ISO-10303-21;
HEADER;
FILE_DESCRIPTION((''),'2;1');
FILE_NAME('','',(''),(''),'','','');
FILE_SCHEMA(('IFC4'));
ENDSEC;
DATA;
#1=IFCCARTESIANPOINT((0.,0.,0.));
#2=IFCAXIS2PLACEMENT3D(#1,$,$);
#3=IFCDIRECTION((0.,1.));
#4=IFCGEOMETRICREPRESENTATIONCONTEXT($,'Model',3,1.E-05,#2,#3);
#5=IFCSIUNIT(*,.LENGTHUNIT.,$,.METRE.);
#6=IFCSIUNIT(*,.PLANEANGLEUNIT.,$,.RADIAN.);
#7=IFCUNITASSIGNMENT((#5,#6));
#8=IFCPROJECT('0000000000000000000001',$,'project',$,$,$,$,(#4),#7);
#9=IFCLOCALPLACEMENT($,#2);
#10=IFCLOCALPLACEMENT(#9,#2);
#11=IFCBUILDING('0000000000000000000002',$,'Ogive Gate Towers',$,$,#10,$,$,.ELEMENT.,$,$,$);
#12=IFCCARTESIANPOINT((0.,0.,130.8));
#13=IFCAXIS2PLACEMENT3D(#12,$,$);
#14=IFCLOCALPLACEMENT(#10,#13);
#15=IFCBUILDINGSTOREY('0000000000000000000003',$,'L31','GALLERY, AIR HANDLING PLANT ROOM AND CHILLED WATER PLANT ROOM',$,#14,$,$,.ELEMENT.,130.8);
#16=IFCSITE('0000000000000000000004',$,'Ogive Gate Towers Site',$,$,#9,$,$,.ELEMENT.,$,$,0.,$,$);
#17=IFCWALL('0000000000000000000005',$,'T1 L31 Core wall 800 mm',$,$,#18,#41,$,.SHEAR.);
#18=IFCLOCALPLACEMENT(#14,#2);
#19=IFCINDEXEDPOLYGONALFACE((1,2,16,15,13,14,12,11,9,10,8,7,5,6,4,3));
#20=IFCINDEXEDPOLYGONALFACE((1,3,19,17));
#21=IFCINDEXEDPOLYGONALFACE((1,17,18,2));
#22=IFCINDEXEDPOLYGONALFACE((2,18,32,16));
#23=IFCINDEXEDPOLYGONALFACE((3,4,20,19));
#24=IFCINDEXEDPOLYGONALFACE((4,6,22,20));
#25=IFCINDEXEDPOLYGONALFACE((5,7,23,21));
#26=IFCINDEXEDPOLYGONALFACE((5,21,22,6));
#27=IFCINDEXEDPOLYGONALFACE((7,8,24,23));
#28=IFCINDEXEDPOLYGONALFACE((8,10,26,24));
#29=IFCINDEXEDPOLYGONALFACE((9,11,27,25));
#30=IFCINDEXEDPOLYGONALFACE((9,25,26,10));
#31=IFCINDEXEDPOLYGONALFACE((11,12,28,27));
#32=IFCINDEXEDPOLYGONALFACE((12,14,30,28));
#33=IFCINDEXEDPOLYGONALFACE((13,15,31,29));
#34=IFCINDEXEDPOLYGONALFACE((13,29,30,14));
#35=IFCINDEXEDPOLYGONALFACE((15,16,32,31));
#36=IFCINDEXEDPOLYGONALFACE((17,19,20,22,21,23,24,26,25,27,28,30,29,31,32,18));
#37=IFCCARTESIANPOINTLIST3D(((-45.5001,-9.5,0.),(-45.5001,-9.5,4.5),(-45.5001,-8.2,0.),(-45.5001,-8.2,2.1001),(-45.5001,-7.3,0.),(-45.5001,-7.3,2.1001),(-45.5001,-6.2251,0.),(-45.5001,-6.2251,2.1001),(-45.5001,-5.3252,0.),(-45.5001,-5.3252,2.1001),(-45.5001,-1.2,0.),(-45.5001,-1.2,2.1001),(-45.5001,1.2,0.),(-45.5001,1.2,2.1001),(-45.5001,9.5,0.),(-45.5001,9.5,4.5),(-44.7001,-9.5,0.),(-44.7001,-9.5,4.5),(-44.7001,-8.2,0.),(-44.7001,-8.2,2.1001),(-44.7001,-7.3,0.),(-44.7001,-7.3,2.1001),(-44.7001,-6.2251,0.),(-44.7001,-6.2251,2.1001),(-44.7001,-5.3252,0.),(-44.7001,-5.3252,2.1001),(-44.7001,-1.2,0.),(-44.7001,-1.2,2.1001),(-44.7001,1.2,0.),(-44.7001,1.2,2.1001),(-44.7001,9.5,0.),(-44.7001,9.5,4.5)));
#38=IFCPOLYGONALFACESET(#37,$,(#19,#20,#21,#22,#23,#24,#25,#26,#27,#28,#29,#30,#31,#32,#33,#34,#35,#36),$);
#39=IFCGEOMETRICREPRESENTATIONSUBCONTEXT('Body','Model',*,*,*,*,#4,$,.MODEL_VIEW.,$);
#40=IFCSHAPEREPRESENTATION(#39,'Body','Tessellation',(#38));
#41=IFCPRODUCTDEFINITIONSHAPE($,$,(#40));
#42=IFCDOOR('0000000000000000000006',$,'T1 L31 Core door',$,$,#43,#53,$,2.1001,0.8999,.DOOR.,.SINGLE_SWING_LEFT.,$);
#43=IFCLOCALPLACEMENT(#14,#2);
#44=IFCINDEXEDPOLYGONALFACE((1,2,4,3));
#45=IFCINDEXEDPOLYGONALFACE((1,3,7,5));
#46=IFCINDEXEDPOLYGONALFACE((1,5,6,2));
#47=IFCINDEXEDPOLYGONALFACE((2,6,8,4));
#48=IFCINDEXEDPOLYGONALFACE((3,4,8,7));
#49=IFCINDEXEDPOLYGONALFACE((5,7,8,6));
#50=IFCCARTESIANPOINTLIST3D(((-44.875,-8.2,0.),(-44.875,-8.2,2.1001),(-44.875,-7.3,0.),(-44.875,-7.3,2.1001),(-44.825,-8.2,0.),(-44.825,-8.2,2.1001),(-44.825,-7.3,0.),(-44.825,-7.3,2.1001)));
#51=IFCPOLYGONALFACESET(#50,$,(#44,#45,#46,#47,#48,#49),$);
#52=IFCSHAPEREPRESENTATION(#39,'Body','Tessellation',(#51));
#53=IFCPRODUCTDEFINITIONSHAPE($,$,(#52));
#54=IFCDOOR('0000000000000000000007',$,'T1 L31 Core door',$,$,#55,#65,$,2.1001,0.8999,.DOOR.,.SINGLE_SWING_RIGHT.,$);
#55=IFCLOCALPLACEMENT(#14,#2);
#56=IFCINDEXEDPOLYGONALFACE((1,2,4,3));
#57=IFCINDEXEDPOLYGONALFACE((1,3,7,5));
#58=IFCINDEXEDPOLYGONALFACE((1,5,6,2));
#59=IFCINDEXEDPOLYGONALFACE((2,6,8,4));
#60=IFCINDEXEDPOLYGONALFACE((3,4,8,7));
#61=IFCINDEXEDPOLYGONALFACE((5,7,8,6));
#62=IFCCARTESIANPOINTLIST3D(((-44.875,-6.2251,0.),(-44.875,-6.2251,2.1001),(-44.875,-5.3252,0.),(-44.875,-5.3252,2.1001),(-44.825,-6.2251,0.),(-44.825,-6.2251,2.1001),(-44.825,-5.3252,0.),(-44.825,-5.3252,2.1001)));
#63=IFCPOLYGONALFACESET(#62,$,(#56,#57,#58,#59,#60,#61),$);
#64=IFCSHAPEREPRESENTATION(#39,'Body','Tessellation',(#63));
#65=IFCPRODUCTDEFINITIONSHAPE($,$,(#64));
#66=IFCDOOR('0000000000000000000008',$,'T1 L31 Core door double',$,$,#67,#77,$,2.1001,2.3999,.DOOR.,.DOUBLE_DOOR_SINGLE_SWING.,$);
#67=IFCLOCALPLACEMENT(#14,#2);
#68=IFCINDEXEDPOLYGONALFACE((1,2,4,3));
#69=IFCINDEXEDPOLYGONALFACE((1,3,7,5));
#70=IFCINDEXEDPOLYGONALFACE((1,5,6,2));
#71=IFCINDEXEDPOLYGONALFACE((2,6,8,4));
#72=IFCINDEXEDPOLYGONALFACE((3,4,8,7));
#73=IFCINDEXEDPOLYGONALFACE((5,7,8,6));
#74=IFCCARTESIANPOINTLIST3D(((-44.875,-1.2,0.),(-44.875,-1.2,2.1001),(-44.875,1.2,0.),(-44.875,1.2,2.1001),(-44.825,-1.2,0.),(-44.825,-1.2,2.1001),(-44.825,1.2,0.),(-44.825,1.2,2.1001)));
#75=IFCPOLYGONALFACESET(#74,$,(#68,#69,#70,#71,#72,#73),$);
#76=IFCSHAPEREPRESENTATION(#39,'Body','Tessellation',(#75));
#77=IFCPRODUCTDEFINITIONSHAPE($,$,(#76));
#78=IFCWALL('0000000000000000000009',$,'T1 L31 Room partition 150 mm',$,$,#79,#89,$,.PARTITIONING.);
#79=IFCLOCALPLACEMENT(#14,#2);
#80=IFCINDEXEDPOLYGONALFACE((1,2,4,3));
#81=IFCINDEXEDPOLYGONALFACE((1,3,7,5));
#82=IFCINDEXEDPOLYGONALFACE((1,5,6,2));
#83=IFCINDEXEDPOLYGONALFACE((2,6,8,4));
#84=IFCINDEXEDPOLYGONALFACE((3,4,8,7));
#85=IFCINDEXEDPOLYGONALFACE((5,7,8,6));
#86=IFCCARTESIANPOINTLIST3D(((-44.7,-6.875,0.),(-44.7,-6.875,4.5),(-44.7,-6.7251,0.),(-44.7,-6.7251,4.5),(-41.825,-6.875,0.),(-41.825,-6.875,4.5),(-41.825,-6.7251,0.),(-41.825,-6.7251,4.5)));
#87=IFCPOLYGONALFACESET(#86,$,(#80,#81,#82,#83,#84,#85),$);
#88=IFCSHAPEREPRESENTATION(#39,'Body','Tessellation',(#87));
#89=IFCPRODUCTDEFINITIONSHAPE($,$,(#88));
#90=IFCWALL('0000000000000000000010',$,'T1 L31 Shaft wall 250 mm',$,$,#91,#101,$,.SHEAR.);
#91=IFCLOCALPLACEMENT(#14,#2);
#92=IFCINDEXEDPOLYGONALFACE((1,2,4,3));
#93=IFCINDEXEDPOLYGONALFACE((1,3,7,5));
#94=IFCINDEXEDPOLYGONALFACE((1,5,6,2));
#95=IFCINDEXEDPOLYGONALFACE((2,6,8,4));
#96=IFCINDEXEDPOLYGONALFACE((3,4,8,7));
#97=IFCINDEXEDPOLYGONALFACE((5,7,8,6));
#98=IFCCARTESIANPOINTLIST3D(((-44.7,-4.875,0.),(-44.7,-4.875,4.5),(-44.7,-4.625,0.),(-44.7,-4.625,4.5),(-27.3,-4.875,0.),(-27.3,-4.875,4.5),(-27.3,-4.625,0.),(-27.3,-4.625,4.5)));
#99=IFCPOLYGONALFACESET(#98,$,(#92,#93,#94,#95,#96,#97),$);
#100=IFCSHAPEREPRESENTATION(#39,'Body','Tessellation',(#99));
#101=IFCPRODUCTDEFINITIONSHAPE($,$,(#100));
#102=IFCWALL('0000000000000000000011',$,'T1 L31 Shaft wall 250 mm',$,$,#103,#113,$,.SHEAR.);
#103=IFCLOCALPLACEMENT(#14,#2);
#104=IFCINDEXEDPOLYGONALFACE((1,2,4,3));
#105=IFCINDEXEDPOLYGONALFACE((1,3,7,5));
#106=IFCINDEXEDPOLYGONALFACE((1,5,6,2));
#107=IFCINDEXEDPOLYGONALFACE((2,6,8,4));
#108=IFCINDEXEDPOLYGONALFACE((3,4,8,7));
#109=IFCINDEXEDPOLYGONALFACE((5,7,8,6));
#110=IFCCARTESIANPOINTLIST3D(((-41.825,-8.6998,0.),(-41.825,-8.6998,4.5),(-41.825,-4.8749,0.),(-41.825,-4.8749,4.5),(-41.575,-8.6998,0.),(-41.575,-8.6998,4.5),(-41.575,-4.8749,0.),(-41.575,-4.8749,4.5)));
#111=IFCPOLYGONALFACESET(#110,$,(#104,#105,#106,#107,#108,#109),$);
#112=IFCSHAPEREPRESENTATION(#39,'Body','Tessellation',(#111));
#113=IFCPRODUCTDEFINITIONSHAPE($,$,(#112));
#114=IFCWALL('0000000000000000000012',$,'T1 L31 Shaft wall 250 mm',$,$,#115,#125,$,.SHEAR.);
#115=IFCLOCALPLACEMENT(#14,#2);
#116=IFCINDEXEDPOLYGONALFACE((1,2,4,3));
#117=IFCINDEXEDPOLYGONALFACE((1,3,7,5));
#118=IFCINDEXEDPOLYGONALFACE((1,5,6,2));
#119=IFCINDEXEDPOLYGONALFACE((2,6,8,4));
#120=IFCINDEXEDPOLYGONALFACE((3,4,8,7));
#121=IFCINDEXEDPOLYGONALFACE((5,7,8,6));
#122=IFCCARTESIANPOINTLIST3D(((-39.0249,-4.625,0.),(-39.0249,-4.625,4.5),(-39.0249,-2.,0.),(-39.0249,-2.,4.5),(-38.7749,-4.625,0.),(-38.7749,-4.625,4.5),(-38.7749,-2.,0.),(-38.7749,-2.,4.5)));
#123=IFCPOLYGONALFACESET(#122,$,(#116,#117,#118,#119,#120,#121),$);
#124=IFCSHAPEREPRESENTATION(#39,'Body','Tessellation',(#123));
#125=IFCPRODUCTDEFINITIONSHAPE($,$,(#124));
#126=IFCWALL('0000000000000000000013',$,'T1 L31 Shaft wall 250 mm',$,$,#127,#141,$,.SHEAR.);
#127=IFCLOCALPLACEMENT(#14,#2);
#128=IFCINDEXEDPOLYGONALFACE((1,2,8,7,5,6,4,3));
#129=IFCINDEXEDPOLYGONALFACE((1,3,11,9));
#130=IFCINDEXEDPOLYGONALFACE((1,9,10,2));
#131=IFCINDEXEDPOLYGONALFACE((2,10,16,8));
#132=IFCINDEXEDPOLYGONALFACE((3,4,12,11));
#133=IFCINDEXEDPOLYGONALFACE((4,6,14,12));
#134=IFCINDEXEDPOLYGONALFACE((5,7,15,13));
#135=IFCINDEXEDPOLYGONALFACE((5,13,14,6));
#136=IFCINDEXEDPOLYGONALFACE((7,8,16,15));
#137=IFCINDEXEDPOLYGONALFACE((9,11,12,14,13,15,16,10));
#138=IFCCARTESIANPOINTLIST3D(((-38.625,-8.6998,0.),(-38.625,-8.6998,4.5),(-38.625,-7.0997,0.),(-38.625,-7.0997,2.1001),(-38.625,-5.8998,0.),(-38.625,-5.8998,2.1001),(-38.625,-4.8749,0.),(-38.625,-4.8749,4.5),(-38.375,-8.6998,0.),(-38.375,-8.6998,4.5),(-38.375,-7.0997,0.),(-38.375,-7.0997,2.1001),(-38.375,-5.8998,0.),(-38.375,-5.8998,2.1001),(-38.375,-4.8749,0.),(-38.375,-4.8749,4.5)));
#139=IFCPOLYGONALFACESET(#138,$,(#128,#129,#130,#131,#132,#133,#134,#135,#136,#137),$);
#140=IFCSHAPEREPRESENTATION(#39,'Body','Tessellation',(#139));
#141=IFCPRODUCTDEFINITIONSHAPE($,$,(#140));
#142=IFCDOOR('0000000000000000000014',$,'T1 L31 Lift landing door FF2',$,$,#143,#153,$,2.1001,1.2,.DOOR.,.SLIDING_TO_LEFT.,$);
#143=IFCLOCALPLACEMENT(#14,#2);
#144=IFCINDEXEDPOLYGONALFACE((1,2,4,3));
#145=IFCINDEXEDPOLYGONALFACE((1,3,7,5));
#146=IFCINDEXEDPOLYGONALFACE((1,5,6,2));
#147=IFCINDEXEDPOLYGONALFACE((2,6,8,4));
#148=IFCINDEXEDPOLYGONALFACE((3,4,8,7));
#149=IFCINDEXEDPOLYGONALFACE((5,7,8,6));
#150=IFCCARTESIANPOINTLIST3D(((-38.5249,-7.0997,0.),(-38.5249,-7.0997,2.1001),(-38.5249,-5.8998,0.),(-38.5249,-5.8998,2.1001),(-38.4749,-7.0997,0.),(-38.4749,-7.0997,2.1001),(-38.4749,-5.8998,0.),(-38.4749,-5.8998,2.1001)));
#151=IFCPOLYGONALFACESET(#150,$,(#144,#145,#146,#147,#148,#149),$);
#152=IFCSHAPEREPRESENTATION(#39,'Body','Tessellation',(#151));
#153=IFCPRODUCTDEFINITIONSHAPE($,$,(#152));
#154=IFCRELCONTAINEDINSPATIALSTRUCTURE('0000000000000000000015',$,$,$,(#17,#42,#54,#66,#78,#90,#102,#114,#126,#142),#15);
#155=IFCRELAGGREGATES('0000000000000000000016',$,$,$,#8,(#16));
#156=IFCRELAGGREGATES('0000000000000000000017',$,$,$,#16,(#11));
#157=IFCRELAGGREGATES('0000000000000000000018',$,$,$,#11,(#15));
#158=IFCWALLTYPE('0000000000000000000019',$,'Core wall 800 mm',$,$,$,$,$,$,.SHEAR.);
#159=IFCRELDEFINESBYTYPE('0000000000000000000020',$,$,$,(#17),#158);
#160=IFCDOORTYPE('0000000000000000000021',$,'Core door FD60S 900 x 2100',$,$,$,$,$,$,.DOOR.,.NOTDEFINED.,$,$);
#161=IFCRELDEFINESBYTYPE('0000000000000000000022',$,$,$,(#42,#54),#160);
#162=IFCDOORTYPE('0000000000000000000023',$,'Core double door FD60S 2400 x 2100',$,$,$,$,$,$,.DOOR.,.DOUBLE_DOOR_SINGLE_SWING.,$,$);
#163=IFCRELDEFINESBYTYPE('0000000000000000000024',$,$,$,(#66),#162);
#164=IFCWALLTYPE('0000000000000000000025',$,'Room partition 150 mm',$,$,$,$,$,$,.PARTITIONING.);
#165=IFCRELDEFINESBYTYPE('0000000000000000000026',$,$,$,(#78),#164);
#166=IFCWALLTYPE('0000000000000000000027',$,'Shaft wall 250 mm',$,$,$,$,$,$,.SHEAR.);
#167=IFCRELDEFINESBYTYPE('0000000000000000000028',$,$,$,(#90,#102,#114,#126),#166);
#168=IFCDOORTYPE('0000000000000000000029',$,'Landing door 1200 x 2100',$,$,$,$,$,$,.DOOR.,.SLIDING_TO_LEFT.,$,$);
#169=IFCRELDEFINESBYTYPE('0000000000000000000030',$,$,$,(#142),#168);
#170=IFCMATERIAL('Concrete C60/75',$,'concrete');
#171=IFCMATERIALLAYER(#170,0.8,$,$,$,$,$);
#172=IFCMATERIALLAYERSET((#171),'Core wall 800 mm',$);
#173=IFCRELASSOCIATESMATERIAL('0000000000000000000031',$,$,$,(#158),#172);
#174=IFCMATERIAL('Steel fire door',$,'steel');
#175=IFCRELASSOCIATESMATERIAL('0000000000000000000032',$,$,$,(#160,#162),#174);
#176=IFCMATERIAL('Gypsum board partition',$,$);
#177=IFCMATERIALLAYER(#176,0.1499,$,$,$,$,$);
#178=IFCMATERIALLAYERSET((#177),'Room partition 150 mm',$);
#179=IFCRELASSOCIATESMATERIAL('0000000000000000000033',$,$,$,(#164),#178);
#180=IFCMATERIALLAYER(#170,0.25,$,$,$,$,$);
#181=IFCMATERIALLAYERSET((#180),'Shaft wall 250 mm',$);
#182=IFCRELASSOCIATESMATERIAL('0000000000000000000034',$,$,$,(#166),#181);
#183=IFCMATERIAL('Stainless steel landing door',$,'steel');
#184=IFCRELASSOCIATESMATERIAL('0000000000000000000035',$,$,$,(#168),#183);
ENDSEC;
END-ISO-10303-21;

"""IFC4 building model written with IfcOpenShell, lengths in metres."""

from ifc_helpers import new_model, si_unit, direction, frame, frame_2d, origin, place, context, subcontext, project, spatial, rectangle, extrude, material, layer, layer_set, type_object, element, fill, save


model = new_model("IFC4")

# Units and contexts
model_context = context("Model", 3, precision=1e-05, world=origin(), true_north=direction((0.0, 1.0)))
body_context = subcontext(model_context, "Body", "Model", "MODEL_VIEW")
ifc_project = project(units=[si_unit("LENGTHUNIT", "METRE"), si_unit("PLANEANGLEUNIT", "RADIAN")], contexts=[model_context])

# Site, building, storey
site_placement = place(None, origin())
site = spatial("IfcSite", under=ifc_project, at=site_placement, Name="Ogive Gate Towers Site", CompositionType="ELEMENT", RefElevation=0.0)
building_placement = place(site_placement, origin())
building = spatial("IfcBuilding", under=site, at=building_placement, Name="Ogive Gate Towers", CompositionType="ELEMENT")
storey_placement = place(building_placement, frame((0.0, 0.0, 130.8)))
storey = spatial("IfcBuildingStorey", under=building, at=storey_placement, Name="L31", Description="GALLERY, AIR HANDLING PLANT ROOM AND CHILLED WATER PLANT ROOM", CompositionType="ELEMENT", Elevation=130.8)

# Shared definitions
ifc_material_1 = material(Name="Steel fire door", Category="steel")
ifc_material_2 = material(Name="Concrete C60/75", Category="concrete")
ifc_layer_1 = layer(ifc_material_2, 0.8)
ifc_layer_set_1 = layer_set([ifc_layer_1], Name="Core wall 800 mm")
wall_type_1 = type_object("IfcWallType", Name="Core wall 800 mm", PredefinedType="SHEAR", material=ifc_layer_set_1)

# Wall, openings, doors
wall_1_placement = place(storey_placement, frame((-45.1001, -9.5, 0.0), z_axis=(0.0, 0.0, 1.0), x_axis=(0.0, 1.0, 0.0)))
wall_1 = element("IfcWall", 1, at=wall_1_placement, inside=storey, type_object=wall_type_1, Name="T1 L31 Core wall 800 mm", PredefinedType="SHEAR", context=body_context, shape_type="SweptSolid", body=[
    extrude(rectangle(XDim=19.0, YDim=0.8, at=frame_2d((9.5, 0.0))), origin(), (0.0, 0.0, 1.0), 4.5),
])
opening_1_placement = place(wall_1_placement, frame((8.3, 0.0, 0.0)))
opening_1 = element("IfcOpeningElement", 2, at=opening_1_placement, cuts=wall_1, PredefinedType="OPENING", context=body_context, shape_type="SweptSolid", body=[
    extrude(rectangle(XDim=2.3999, YDim=2.1001, at=frame_2d((1.2, 1.05))), frame((0.0, 0.4102, 0.0), z_axis=(0.0, -1.0, 0.0), x_axis=(1.0, 0.0, 0.0)), (0.0, 0.0, 1.0), 0.8201),
])
opening_2_placement = place(wall_1_placement, frame((1.3, 0.0, 0.0)))
opening_2 = element("IfcOpeningElement", 3, at=opening_2_placement, cuts=wall_1, PredefinedType="OPENING", context=body_context, shape_type="SweptSolid", body=[
    extrude(rectangle(XDim=0.8999, YDim=2.1001, at=frame_2d((0.45, 1.05))), frame((0.0, 0.4102, 0.0), z_axis=(0.0, -1.0, 0.0), x_axis=(1.0, 0.0, 0.0)), (0.0, 0.0, 1.0), 0.8201),
])
opening_3_placement = place(wall_1_placement, frame((3.2749, 0.0, 0.0)))
opening_3 = element("IfcOpeningElement", 4, at=opening_3_placement, cuts=wall_1, PredefinedType="OPENING", context=body_context, shape_type="SweptSolid", body=[
    extrude(rectangle(XDim=0.8999, YDim=2.1001, at=frame_2d((0.45, 1.05))), frame((0.0, 0.4102, 0.0), z_axis=(0.0, -1.0, 0.0), x_axis=(1.0, 0.0, 0.0)), (0.0, 0.0, 1.0), 0.8201),
])
door_type_1 = type_object("IfcDoorType", Name="Core door FD60S 900 x 2100", OperationType="NOTDEFINED", PredefinedType="DOOR", material=ifc_material_1)
door_1_placement = place(opening_2_placement, origin())
door_1 = element("IfcDoor", 5, at=door_1_placement, inside=storey, type_object=door_type_1, Name="T1 L31 Core door", OperationType="SINGLE_SWING_LEFT", OverallHeight=2.1001, OverallWidth=0.8999, PredefinedType="DOOR", context=body_context, shape_type="SweptSolid", body=[
    extrude(rectangle(XDim=0.8999, YDim=2.1001, at=frame_2d((0.45, 1.05))), frame((0.0, -0.2251, 0.0), z_axis=(0.0, -1.0, 0.0), x_axis=(1.0, 0.0, 0.0)), (0.0, 0.0, 1.0), 0.05),
])
fill(opening_2, door_1)
door_2_placement = place(opening_3_placement, origin())
door_2 = element("IfcDoor", 6, at=door_2_placement, inside=storey, type_object=door_type_1, Name="T1 L31 Core door", OperationType="SINGLE_SWING_RIGHT", OverallHeight=2.1001, OverallWidth=0.8999, PredefinedType="DOOR", context=body_context, shape_type="SweptSolid", body=[
    extrude(rectangle(XDim=0.8999, YDim=2.1001, at=frame_2d((0.45, 1.05))), frame((0.0, -0.2251, 0.0), z_axis=(0.0, -1.0, 0.0), x_axis=(1.0, 0.0, 0.0)), (0.0, 0.0, 1.0), 0.05),
])
fill(opening_3, door_2)
door_type_2 = type_object("IfcDoorType", Name="Core double door FD60S 2400 x 2100", OperationType="DOUBLE_DOOR_SINGLE_SWING", PredefinedType="DOOR", material=ifc_material_1)
door_3_placement = place(opening_1_placement, origin())
door_3 = element("IfcDoor", 7, at=door_3_placement, inside=storey, type_object=door_type_2, Name="T1 L31 Core door double", OperationType="DOUBLE_DOOR_SINGLE_SWING", OverallHeight=2.1001, OverallWidth=2.3999, PredefinedType="DOOR", context=body_context, shape_type="SweptSolid", body=[
    extrude(rectangle(XDim=2.3999, YDim=2.1001, at=frame_2d((1.2, 1.05))), frame((0.0, -0.2251, 0.0), z_axis=(0.0, -1.0, 0.0), x_axis=(1.0, 0.0, 0.0)), (0.0, 0.0, 1.0), 0.05),
])
fill(opening_1, door_3)

# Walls
ifc_material_3 = material(Name="Gypsum board partition")
ifc_layer_2 = layer(ifc_material_3, 0.1499)
ifc_layer_set_2 = layer_set([ifc_layer_2], Name="Room partition 150 mm")
wall_type_2 = type_object("IfcWallType", Name="Room partition 150 mm", PredefinedType="PARTITIONING", material=ifc_layer_set_2)
wall_2_placement = place(storey_placement, frame((-44.7, -6.8, 0.0), z_axis=(0.0, 0.0, 1.0), x_axis=(1.0, 0.0, 0.0)))
element("IfcWall", 8, at=wall_2_placement, inside=storey, type_object=wall_type_2, Name="T1 L31 Room partition 150 mm", PredefinedType="PARTITIONING", context=body_context, shape_type="SweptSolid", body=[
    extrude(rectangle(XDim=2.875, YDim=0.1499, at=frame_2d((1.4375, 0.0))), origin(), (0.0, 0.0, 1.0), 4.5),
])
ifc_layer_3 = layer(ifc_material_2, 0.25)
ifc_layer_set_3 = layer_set([ifc_layer_3], Name="Shaft wall 250 mm")
wall_type_3 = type_object("IfcWallType", Name="Shaft wall 250 mm", PredefinedType="SHEAR", material=ifc_layer_set_3)
wall_3_placement = place(storey_placement, frame((-44.7, -4.75, 0.0), z_axis=(0.0, 0.0, 1.0), x_axis=(1.0, 0.0, 0.0)))
element("IfcWall", 9, at=wall_3_placement, inside=storey, type_object=wall_type_3, Name="T1 L31 Shaft wall 250 mm", PredefinedType="SHEAR", context=body_context, shape_type="SweptSolid", body=[
    extrude(rectangle(XDim=17.3999, YDim=0.25, at=frame_2d((8.7, 0.0))), origin(), (0.0, 0.0, 1.0), 4.5),
])
wall_4_placement = place(storey_placement, frame((-41.7, -8.7, 0.0), z_axis=(0.0, 0.0, 1.0), x_axis=(0.0, 1.0, 0.0)))
element("IfcWall", 10, at=wall_4_placement, inside=storey, type_object=wall_type_3, Name="T1 L31 Shaft wall 250 mm", PredefinedType="SHEAR", context=body_context, shape_type="SweptSolid", body=[
    extrude(rectangle(XDim=3.825, YDim=0.25, at=frame_2d((1.9126, 0.0))), origin(), (0.0, 0.0, 1.0), 4.5),
])
wall_5_placement = place(storey_placement, frame((-38.8999, -4.625, 0.0), z_axis=(0.0, 0.0, 1.0), x_axis=(0.0, 1.0, 0.0)))
element("IfcWall", 11, at=wall_5_placement, inside=storey, type_object=wall_type_3, Name="T1 L31 Shaft wall 250 mm", PredefinedType="SHEAR", context=body_context, shape_type="SweptSolid", body=[
    extrude(rectangle(XDim=2.625, YDim=0.25, at=frame_2d((1.3125, 0.0))), origin(), (0.0, 0.0, 1.0), 4.5),
])

# Wall, opening, door
wall_6_placement = place(storey_placement, frame((-38.5, -8.7, 0.0), z_axis=(0.0, 0.0, 1.0), x_axis=(0.0, 1.0, 0.0)))
wall_6 = element("IfcWall", 12, at=wall_6_placement, inside=storey, type_object=wall_type_3, Name="T1 L31 Shaft wall 250 mm", PredefinedType="SHEAR", context=body_context, shape_type="SweptSolid", body=[
    extrude(rectangle(XDim=3.825, YDim=0.25, at=frame_2d((1.9126, 0.0))), origin(), (0.0, 0.0, 1.0), 4.5),
])
opening_4_placement = place(wall_6_placement, frame((1.6001, 0.0, 0.0)))
opening_4 = element("IfcOpeningElement", 13, at=opening_4_placement, cuts=wall_6, PredefinedType="OPENING", context=body_context, shape_type="SweptSolid", body=[
    extrude(rectangle(XDim=1.2, YDim=2.1001, at=frame_2d((0.6001, 1.05))), frame((0.0, 0.135, 0.0), z_axis=(0.0, -1.0, 0.0), x_axis=(1.0, 0.0, 0.0)), (0.0, 0.0, 1.0), 0.27),
])
ifc_material_4 = material(Name="Stainless steel landing door", Category="steel")
door_type_3 = type_object("IfcDoorType", Name="Landing door 1200 x 2100", OperationType="SLIDING_TO_LEFT", PredefinedType="DOOR", material=ifc_material_4)
door_4_placement = place(opening_4_placement, origin())
door_4 = element("IfcDoor", 14, at=door_4_placement, inside=storey, type_object=door_type_3, Name="T1 L31 Lift landing door FF2", OperationType="SLIDING_TO_LEFT", OverallHeight=2.1001, OverallWidth=1.2, PredefinedType="DOOR", context=body_context, shape_type="SweptSolid", body=[
    extrude(rectangle(XDim=1.2, YDim=2.1001, at=frame_2d((0.6001, 1.05))), frame((0.0, 0.0249, 0.0), z_axis=(0.0, -1.0, 0.0), x_axis=(1.0, 0.0, 0.0)), (0.0, 0.0, 1.0), 0.05),
])
fill(opening_4, door_4)

save(model, "model.ifc")
